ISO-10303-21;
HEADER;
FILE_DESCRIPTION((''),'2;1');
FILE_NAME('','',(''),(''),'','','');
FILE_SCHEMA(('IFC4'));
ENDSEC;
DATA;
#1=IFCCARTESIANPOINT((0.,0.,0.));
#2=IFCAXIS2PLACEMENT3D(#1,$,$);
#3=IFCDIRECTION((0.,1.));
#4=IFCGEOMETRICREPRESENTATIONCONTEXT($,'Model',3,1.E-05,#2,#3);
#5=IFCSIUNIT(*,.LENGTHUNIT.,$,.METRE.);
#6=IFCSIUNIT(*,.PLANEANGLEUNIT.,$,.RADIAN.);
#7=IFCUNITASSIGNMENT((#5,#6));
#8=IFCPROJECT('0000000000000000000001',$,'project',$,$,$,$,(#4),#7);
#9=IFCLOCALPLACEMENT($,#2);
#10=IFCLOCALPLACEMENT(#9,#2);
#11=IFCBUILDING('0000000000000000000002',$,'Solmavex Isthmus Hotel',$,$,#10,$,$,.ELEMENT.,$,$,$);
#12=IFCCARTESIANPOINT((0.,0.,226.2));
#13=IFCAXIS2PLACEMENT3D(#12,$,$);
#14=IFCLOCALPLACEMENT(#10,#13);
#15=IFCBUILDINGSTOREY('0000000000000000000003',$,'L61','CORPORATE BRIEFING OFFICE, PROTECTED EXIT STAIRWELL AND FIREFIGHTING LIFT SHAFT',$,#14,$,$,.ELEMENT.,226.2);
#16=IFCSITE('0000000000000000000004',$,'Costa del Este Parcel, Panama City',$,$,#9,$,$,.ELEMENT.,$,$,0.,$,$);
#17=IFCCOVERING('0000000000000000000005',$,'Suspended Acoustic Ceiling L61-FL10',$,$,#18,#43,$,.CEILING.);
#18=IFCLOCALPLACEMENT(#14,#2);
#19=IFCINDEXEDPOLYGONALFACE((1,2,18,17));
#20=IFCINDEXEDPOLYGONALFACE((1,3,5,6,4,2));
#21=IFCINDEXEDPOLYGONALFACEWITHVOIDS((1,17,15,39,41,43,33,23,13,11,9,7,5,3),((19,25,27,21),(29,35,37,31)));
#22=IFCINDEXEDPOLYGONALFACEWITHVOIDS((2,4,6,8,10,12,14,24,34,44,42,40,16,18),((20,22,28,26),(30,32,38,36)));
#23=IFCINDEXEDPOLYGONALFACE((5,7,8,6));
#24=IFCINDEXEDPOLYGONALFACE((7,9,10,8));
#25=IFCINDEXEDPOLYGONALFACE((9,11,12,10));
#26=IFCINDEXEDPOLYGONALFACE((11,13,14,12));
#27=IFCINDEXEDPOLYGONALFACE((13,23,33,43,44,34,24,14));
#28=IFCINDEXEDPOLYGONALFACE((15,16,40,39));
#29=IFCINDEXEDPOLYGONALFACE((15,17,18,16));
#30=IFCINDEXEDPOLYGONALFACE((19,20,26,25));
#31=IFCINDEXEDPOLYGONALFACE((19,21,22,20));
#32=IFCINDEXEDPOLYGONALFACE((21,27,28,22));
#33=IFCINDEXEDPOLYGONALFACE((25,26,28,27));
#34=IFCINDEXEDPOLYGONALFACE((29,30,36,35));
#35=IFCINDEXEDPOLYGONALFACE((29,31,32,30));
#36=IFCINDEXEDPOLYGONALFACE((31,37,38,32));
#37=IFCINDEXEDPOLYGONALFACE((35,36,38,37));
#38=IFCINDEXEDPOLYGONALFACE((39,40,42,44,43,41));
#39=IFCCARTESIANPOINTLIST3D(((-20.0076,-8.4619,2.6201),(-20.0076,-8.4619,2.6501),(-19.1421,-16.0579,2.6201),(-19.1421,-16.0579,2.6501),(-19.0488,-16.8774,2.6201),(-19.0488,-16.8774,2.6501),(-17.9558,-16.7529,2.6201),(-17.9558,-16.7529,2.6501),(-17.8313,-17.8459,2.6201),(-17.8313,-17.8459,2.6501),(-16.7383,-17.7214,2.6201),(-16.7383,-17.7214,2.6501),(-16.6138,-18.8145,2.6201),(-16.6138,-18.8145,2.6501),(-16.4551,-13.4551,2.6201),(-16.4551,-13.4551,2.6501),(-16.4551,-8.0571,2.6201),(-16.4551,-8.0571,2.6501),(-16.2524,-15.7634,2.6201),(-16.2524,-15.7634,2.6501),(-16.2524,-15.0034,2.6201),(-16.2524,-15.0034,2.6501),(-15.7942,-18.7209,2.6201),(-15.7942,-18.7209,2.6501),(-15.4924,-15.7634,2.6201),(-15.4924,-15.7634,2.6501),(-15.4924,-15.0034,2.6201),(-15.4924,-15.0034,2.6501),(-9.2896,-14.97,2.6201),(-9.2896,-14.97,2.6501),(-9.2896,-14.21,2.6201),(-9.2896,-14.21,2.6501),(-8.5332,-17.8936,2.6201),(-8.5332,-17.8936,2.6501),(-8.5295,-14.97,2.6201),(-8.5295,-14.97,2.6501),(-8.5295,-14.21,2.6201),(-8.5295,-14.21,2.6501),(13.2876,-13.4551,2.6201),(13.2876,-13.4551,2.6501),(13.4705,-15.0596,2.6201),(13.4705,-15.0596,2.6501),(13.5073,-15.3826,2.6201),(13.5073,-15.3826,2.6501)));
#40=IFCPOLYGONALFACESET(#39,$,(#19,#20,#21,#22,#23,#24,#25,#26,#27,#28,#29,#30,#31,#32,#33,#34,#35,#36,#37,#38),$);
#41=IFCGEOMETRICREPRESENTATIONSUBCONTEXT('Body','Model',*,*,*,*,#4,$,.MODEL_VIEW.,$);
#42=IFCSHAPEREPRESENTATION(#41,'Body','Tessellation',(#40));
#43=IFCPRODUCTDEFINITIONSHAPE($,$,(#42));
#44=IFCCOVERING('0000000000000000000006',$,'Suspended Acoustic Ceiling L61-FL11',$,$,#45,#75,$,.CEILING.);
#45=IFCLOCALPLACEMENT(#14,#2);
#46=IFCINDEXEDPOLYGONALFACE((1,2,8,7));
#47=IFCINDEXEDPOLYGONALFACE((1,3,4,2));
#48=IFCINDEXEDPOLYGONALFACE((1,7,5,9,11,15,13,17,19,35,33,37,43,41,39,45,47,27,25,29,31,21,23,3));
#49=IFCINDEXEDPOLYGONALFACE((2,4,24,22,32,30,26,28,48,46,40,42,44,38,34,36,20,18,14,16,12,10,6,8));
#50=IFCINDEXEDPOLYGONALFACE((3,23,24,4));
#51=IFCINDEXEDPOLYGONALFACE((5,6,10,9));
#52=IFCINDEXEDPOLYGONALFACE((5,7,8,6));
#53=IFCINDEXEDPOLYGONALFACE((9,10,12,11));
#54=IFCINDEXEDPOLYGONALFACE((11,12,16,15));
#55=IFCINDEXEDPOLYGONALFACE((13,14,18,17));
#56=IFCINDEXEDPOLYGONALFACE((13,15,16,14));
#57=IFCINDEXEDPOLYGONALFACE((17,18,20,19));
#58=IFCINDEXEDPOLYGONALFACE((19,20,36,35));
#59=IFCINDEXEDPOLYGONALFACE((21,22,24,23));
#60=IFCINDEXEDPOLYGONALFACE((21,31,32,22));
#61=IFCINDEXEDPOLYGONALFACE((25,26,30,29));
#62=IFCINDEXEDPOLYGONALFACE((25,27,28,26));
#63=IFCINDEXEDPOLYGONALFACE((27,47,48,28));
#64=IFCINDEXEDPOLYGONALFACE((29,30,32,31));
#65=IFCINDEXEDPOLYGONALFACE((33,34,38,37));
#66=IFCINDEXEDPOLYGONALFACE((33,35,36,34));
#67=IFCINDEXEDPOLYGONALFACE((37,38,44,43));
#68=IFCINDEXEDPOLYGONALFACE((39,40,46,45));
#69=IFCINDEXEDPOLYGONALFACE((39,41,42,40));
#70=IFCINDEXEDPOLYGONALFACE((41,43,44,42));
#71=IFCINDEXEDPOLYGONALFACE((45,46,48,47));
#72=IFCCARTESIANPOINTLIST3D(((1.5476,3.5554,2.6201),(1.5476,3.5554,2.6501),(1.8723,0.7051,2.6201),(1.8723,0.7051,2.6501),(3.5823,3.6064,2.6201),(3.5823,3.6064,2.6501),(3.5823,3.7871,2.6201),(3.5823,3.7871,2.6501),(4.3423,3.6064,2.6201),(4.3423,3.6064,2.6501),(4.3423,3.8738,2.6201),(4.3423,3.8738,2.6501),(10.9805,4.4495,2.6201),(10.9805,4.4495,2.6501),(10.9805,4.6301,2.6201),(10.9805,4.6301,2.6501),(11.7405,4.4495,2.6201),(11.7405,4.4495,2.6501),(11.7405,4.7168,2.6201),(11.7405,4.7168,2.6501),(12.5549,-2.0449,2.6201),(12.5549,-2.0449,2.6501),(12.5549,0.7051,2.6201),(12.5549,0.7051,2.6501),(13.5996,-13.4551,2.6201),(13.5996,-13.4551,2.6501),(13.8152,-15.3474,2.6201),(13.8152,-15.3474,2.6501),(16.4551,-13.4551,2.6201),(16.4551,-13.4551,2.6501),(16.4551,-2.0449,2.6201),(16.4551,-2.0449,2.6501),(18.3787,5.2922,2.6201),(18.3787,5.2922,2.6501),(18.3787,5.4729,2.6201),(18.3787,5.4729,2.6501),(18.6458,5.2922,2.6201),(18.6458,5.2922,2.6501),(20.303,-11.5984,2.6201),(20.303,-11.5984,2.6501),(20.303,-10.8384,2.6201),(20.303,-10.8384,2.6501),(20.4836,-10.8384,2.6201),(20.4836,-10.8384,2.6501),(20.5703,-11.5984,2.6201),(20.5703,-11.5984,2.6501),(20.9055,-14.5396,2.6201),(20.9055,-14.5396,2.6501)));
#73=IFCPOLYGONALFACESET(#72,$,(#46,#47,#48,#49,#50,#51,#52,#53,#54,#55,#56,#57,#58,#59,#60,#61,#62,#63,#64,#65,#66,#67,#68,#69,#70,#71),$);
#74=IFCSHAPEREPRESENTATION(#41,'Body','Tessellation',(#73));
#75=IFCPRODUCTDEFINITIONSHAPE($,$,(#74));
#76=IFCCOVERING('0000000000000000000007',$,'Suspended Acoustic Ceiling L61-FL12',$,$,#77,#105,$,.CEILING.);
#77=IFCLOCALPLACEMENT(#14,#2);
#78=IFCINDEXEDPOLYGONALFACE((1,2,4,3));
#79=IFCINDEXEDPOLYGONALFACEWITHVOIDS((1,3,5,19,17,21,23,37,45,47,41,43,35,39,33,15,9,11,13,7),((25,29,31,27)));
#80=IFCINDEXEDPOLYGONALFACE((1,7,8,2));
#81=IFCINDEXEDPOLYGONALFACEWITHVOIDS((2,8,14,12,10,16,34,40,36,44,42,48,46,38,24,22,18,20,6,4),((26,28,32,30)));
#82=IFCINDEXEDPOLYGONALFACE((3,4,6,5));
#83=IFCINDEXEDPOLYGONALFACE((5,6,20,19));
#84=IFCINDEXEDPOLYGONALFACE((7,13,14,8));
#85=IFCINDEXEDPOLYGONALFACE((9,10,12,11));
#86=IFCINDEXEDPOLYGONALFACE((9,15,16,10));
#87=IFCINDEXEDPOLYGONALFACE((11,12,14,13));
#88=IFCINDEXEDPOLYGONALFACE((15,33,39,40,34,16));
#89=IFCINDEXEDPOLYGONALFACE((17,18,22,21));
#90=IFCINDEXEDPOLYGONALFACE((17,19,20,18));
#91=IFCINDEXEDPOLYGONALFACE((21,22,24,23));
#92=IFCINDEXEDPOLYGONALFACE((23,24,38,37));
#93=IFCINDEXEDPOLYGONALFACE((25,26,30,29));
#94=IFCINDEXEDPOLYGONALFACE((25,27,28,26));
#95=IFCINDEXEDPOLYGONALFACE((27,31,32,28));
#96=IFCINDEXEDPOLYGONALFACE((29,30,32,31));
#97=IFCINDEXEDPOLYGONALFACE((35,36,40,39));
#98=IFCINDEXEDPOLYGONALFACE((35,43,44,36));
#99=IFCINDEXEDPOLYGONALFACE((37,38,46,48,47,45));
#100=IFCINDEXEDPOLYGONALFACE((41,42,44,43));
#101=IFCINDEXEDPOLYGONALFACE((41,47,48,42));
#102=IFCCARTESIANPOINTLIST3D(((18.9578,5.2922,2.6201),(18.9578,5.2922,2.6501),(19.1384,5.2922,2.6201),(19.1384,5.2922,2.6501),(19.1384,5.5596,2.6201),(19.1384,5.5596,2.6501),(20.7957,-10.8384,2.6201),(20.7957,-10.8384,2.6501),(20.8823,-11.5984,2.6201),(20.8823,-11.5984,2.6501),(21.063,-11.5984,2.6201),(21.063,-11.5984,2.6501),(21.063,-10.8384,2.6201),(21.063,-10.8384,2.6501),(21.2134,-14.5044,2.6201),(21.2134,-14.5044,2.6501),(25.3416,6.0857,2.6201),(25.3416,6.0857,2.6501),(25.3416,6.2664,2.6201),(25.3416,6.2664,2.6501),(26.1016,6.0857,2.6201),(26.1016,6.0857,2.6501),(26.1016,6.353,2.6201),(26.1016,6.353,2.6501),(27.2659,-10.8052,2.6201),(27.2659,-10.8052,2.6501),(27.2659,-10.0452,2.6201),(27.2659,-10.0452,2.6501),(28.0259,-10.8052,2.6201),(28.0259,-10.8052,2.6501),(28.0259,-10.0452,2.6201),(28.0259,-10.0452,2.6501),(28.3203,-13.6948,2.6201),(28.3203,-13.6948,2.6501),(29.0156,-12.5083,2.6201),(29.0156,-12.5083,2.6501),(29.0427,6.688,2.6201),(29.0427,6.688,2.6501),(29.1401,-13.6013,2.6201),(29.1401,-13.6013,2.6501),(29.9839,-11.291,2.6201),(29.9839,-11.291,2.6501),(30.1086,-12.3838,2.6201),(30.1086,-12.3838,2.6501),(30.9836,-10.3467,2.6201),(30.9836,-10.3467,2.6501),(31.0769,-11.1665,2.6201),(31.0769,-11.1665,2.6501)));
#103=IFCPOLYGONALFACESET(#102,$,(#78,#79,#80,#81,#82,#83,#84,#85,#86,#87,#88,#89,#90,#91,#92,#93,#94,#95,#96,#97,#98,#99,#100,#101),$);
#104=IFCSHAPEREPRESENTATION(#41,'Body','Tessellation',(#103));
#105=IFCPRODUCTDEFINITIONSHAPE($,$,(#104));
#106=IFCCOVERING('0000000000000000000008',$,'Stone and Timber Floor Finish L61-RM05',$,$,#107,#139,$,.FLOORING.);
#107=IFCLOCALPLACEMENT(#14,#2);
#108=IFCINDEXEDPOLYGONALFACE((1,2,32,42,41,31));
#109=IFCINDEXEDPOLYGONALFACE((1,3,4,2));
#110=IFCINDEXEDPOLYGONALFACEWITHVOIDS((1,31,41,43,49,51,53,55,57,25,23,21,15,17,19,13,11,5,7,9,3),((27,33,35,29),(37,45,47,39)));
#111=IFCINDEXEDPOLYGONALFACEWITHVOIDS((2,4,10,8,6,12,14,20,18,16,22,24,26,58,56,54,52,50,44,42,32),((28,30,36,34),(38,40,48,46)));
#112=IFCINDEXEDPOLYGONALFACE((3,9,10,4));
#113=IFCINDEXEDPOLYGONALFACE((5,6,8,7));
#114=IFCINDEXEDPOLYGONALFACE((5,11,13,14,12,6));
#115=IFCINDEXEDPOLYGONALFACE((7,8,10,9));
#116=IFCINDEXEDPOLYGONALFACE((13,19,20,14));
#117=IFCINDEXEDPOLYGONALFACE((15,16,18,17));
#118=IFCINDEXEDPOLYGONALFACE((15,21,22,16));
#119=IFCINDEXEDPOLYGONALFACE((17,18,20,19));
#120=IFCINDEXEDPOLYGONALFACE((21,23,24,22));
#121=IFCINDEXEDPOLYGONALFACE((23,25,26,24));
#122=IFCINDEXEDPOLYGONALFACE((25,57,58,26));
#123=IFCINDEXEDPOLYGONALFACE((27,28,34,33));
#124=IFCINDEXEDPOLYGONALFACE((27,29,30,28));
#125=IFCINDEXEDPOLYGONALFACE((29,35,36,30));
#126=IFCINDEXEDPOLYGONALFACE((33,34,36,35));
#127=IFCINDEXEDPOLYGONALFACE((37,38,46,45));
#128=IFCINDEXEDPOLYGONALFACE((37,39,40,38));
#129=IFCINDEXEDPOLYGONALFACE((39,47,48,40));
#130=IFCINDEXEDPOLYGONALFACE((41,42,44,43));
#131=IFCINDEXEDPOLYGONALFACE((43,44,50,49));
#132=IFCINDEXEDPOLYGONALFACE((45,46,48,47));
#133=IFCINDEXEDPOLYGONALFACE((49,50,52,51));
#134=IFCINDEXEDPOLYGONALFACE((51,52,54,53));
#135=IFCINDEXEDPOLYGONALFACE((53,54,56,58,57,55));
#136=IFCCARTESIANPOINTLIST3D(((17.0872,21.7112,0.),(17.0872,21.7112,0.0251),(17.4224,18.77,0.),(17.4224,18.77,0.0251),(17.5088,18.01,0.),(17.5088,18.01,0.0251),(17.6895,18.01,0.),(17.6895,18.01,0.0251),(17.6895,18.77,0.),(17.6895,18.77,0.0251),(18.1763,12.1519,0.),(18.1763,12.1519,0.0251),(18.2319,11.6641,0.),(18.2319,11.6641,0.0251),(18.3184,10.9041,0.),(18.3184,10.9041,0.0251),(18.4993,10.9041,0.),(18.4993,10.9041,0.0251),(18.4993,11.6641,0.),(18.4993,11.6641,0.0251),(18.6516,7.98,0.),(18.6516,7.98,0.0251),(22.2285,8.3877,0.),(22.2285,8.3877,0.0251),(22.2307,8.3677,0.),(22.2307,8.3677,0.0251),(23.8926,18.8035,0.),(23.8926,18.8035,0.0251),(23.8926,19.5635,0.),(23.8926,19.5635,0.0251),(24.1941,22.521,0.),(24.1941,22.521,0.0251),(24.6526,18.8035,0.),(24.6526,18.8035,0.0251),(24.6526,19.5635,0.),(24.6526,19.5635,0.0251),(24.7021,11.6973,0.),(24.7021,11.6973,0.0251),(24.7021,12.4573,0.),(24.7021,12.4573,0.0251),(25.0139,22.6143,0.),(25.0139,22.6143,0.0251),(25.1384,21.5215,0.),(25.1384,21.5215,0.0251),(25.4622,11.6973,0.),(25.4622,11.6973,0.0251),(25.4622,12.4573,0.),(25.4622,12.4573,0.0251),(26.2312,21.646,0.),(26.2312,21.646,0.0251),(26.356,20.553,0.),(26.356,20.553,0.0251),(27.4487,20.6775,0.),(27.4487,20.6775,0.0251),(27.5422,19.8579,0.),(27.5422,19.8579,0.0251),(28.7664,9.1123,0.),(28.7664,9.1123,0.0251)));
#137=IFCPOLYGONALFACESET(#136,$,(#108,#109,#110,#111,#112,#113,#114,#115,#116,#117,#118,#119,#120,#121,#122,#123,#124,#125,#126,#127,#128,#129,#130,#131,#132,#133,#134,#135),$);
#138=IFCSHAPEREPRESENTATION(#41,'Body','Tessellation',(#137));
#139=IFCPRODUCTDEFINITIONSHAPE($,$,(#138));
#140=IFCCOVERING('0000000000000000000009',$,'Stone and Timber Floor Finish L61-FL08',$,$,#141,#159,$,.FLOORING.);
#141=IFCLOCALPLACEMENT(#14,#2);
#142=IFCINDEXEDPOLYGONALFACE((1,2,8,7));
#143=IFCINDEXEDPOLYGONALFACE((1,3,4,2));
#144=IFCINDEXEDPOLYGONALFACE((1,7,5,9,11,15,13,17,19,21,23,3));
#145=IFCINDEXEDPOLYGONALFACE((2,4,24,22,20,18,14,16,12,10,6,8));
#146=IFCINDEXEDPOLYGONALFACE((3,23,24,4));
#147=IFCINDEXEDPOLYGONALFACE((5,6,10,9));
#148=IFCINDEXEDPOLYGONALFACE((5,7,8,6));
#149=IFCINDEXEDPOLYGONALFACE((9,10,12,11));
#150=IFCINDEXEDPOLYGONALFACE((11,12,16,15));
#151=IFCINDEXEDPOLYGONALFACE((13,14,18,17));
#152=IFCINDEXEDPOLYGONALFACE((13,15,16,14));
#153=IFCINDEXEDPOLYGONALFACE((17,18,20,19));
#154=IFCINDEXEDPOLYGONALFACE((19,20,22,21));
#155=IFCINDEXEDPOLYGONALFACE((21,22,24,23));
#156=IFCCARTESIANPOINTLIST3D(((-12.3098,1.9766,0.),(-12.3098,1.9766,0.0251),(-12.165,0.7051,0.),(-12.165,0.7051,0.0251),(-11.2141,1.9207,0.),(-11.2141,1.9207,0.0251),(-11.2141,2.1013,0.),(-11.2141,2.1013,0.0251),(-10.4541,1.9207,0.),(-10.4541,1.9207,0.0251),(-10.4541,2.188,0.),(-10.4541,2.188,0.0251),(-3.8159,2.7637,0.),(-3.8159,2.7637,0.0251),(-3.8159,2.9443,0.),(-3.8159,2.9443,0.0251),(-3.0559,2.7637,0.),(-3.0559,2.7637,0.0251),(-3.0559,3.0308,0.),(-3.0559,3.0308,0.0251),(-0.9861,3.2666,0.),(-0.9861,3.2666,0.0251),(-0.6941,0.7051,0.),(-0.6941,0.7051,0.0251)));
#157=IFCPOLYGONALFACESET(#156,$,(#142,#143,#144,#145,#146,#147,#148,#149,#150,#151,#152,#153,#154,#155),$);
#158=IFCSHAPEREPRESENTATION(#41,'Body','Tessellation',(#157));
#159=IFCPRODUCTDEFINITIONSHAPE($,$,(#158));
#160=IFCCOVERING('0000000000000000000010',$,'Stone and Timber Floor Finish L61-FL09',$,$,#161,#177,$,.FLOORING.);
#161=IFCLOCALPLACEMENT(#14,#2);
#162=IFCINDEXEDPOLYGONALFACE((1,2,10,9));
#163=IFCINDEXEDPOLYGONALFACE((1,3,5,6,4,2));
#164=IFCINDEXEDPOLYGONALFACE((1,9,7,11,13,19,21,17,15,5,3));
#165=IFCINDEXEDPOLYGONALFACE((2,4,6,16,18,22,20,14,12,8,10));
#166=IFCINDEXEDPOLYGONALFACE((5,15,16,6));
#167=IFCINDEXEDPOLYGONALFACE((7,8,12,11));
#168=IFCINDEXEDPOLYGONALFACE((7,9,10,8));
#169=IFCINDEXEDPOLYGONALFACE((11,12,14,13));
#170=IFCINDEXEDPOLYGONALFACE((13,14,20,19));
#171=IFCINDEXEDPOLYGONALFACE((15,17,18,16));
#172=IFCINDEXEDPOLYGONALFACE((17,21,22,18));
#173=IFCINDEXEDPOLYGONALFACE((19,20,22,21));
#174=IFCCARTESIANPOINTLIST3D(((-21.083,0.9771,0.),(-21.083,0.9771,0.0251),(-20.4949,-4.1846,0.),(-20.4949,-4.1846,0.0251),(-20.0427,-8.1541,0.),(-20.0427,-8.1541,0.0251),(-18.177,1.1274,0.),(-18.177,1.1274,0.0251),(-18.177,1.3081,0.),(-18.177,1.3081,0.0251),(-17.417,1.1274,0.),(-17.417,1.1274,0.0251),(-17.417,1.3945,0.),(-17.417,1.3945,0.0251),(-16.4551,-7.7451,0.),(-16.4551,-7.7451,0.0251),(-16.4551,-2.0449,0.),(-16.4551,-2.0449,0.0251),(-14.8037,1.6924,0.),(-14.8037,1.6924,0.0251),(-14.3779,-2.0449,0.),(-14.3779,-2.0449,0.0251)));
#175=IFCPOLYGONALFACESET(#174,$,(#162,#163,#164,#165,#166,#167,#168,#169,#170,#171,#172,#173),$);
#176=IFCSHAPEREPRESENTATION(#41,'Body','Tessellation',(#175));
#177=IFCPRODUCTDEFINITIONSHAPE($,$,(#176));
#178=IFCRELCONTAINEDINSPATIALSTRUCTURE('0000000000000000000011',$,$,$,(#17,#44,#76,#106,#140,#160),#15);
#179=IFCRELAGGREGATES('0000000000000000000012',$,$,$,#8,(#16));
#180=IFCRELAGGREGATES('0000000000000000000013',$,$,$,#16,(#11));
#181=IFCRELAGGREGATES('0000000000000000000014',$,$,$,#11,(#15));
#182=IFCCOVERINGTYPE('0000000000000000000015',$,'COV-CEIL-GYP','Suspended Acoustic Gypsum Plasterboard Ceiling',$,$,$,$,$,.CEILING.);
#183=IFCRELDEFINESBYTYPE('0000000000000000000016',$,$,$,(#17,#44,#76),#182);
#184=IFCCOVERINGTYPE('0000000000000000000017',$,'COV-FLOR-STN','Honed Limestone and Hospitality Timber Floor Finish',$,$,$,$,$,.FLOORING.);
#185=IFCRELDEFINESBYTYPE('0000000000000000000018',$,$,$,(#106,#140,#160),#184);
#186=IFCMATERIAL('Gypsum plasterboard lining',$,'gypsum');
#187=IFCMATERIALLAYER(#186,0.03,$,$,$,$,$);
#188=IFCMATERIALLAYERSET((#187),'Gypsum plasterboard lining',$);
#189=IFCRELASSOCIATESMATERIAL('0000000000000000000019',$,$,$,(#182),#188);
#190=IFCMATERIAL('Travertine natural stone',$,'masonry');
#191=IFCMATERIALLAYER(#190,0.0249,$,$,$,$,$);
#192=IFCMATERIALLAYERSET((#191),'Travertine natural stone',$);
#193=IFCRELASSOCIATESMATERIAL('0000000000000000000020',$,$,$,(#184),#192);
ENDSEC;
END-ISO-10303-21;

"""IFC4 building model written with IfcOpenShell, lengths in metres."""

from ifc_helpers import new_model, si_unit, direction, frame, origin, place, context, subcontext, project, spatial, polyline, outline, extrude, material, layer, layer_set, type_object, element, save


model = new_model("IFC4")

# Units and contexts
model_context = context("Model", 3, precision=1e-05, world=origin(), true_north=direction((0.0, 1.0)))
body_context = subcontext(model_context, "Body", "Model", "MODEL_VIEW")
ifc_project = project(units=[si_unit("LENGTHUNIT", "METRE"), si_unit("PLANEANGLEUNIT", "RADIAN")], contexts=[model_context])

# Site, building, storey
site_placement = place(None, origin())
site = spatial("IfcSite", under=ifc_project, at=site_placement, Name="Costa del Este Parcel, Panama City", CompositionType="ELEMENT", RefElevation=0.0)
building_placement = place(site_placement, origin())
building = spatial("IfcBuilding", under=site, at=building_placement, Name="Solmavex Isthmus Hotel", CompositionType="ELEMENT")
storey_placement = place(building_placement, frame((0.0, 0.0, 226.2)))
storey = spatial("IfcBuildingStorey", under=building, at=storey_placement, Name="L61", Description="CORPORATE BRIEFING OFFICE, PROTECTED EXIT STAIRWELL AND FIREFIGHTING LIFT SHAFT", CompositionType="ELEMENT", Elevation=226.2)

# Shared definitions
ifc_material_1 = material(Name="Gypsum plasterboard lining", Category="gypsum")

# Coverings
ifc_layer_1 = layer(ifc_material_1, 0.03)
ifc_layer_set_1 = layer_set([ifc_layer_1], Name="Gypsum plasterboard lining")
covering_type_1 = type_object("IfcCoveringType", Name="COV-CEIL-GYP", Description="Suspended Acoustic Gypsum Plasterboard Ceiling", PredefinedType="CEILING", material=ifc_layer_set_1)
covering_1_placement = place(storey_placement, frame((0.0, 0.0, 2.6201)))
element("IfcCovering", 1, at=covering_1_placement, inside=storey, type_object=covering_type_1, Name="Suspended Acoustic Ceiling L61-FL10", PredefinedType="CEILING", context=body_context, shape_type="SweptSolid", body=[
    extrude(outline(polyline([(-8.5332, -17.8936), (13.5073, -15.3826), (13.4705, -15.0596), (13.2876, -13.4551), (-16.4551, -13.4551), (-16.4551, -8.0571), (-20.0076, -8.4619), (-19.1421, -16.0579), (-19.0488, -16.8774), (-17.9558, -16.7529), (-17.8313, -17.8459), (-16.7383, -17.7214), (-16.6138, -18.8145), (-15.7942, -18.7209), (-8.5332, -17.8936)]), holes=[polyline([(-9.2896, -14.97), (-9.2896, -14.21), (-8.5295, -14.21), (-8.5295, -14.97), (-9.2896, -14.97)]), polyline([(-16.2524, -15.7634), (-16.2524, -15.0034), (-15.4924, -15.0034), (-15.4924, -15.7634), (-16.2524, -15.7634)])]), origin(), (0.0, 0.0, 1.0), 0.03),
])
covering_2_placement = place(storey_placement, frame((0.0, 0.0, 2.6201)))
element("IfcCovering", 2, at=covering_2_placement, inside=storey, type_object=covering_type_1, Name="Suspended Acoustic Ceiling L61-FL11", PredefinedType="CEILING", context=body_context, shape_type="SweptSolid", body=[
    extrude(outline(polyline([(4.3423, 3.8738), (4.3423, 3.6064), (3.5823, 3.6064), (3.5823, 3.7871), (1.5476, 3.5554), (1.8723, 0.7051), (12.5549, 0.7051), (12.5549, -2.0449), (16.4551, -2.0449), (16.4551, -13.4551), (13.5996, -13.4551), (13.8152, -15.3474), (20.9055, -14.5396), (20.5703, -11.5984), (20.303, -11.5984), (20.303, -10.8384), (20.4836, -10.8384), (18.6458, 5.2922), (18.3787, 5.2922), (18.3787, 5.4729), (11.7405, 4.7168), (11.7405, 4.4495), (10.9805, 4.4495), (10.9805, 4.6301), (4.3423, 3.8738)])), origin(), (0.0, 0.0, 1.0), 0.03),
])
covering_3_placement = place(storey_placement, frame((0.0, 0.0, 2.6201)))
element("IfcCovering", 3, at=covering_3_placement, inside=storey, type_object=covering_type_1, Name="Suspended Acoustic Ceiling L61-FL12", PredefinedType="CEILING", context=body_context, shape_type="SweptSolid", body=[
    extrude(outline(polyline([(20.7957, -10.8384), (21.063, -10.8384), (21.063, -11.5984), (20.8823, -11.5984), (21.2134, -14.5044), (28.3203, -13.6948), (29.1401, -13.6013), (29.0156, -12.5083), (30.1086, -12.3838), (29.9839, -11.291), (31.0769, -11.1665), (30.9836, -10.3467), (29.0427, 6.688), (26.1016, 6.353), (26.1016, 6.0857), (25.3416, 6.0857), (25.3416, 6.2664), (19.1384, 5.5596), (19.1384, 5.2922), (18.9578, 5.2922), (20.7957, -10.8384)]), holes=[polyline([(27.2659, -10.8052), (27.2659, -10.0452), (28.0259, -10.0452), (28.0259, -10.8052), (27.2659, -10.8052)])]), origin(), (0.0, 0.0, 1.0), 0.03),
])
ifc_material_2 = material(Name="Travertine natural stone", Category="masonry")
ifc_layer_2 = layer(ifc_material_2, 0.0249)
ifc_layer_set_2 = layer_set([ifc_layer_2], Name="Travertine natural stone")
covering_type_2 = type_object("IfcCoveringType", Name="COV-FLOR-STN", Description="Honed Limestone and Hospitality Timber Floor Finish", PredefinedType="FLOORING", material=ifc_layer_set_2)
covering_4_placement = place(storey_placement, origin())
element("IfcCovering", 4, at=covering_4_placement, inside=storey, type_object=covering_type_2, Name="Stone and Timber Floor Finish L61-RM05", PredefinedType="FLOORING", context=body_context, shape_type="SweptSolid", body=[
    extrude(outline(polyline([(18.2319, 11.6641), (18.4993, 11.6641), (18.4993, 10.9041), (18.3184, 10.9041), (18.6516, 7.98), (22.2285, 8.3877), (22.2307, 8.3677), (28.7664, 9.1123), (27.5422, 19.8579), (27.4487, 20.6775), (26.356, 20.553), (26.2312, 21.646), (25.1384, 21.5215), (25.0139, 22.6143), (24.1941, 22.521), (17.0872, 21.7112), (17.4224, 18.77), (17.6895, 18.77), (17.6895, 18.01), (17.5088, 18.01), (18.1763, 12.1519), (18.2319, 11.6641)]), holes=[polyline([(24.7021, 11.6973), (24.7021, 12.4573), (25.4622, 12.4573), (25.4622, 11.6973), (24.7021, 11.6973)]), polyline([(23.8926, 19.5635), (24.6526, 19.5635), (24.6526, 18.8035), (23.8926, 18.8035), (23.8926, 19.5635)])]), origin(), (0.0, 0.0, 1.0), 0.0251),
])
covering_5_placement = place(storey_placement, origin())
element("IfcCovering", 5, at=covering_5_placement, inside=storey, type_object=covering_type_2, Name="Stone and Timber Floor Finish L61-FL08", PredefinedType="FLOORING", context=body_context, shape_type="SweptSolid", body=[
    extrude(outline(polyline([(-10.4541, 2.188), (-10.4541, 1.9207), (-11.2141, 1.9207), (-11.2141, 2.1013), (-12.3098, 1.9766), (-12.165, 0.7051), (-0.6941, 0.7051), (-0.9861, 3.2666), (-3.0559, 3.0308), (-3.0559, 2.7637), (-3.8159, 2.7637), (-3.8159, 2.9443), (-10.4541, 2.188)])), origin(), (0.0, 0.0, 1.0), 0.0251),
])
covering_6_placement = place(storey_placement, origin())
element("IfcCovering", 6, at=covering_6_placement, inside=storey, type_object=covering_type_2, Name="Stone and Timber Floor Finish L61-FL09", PredefinedType="FLOORING", context=body_context, shape_type="SweptSolid", body=[
    extrude(outline(polyline([(-17.417, 1.3945), (-17.417, 1.1274), (-18.177, 1.1274), (-18.177, 1.3081), (-21.083, 0.9771), (-20.4949, -4.1846), (-20.0427, -8.1541), (-16.4551, -7.7451), (-16.4551, -2.0449), (-14.3779, -2.0449), (-14.8037, 1.6924), (-17.417, 1.3945)])), origin(), (0.0, 0.0, 1.0), 0.0251),
])

save(model, "model.ifc")
